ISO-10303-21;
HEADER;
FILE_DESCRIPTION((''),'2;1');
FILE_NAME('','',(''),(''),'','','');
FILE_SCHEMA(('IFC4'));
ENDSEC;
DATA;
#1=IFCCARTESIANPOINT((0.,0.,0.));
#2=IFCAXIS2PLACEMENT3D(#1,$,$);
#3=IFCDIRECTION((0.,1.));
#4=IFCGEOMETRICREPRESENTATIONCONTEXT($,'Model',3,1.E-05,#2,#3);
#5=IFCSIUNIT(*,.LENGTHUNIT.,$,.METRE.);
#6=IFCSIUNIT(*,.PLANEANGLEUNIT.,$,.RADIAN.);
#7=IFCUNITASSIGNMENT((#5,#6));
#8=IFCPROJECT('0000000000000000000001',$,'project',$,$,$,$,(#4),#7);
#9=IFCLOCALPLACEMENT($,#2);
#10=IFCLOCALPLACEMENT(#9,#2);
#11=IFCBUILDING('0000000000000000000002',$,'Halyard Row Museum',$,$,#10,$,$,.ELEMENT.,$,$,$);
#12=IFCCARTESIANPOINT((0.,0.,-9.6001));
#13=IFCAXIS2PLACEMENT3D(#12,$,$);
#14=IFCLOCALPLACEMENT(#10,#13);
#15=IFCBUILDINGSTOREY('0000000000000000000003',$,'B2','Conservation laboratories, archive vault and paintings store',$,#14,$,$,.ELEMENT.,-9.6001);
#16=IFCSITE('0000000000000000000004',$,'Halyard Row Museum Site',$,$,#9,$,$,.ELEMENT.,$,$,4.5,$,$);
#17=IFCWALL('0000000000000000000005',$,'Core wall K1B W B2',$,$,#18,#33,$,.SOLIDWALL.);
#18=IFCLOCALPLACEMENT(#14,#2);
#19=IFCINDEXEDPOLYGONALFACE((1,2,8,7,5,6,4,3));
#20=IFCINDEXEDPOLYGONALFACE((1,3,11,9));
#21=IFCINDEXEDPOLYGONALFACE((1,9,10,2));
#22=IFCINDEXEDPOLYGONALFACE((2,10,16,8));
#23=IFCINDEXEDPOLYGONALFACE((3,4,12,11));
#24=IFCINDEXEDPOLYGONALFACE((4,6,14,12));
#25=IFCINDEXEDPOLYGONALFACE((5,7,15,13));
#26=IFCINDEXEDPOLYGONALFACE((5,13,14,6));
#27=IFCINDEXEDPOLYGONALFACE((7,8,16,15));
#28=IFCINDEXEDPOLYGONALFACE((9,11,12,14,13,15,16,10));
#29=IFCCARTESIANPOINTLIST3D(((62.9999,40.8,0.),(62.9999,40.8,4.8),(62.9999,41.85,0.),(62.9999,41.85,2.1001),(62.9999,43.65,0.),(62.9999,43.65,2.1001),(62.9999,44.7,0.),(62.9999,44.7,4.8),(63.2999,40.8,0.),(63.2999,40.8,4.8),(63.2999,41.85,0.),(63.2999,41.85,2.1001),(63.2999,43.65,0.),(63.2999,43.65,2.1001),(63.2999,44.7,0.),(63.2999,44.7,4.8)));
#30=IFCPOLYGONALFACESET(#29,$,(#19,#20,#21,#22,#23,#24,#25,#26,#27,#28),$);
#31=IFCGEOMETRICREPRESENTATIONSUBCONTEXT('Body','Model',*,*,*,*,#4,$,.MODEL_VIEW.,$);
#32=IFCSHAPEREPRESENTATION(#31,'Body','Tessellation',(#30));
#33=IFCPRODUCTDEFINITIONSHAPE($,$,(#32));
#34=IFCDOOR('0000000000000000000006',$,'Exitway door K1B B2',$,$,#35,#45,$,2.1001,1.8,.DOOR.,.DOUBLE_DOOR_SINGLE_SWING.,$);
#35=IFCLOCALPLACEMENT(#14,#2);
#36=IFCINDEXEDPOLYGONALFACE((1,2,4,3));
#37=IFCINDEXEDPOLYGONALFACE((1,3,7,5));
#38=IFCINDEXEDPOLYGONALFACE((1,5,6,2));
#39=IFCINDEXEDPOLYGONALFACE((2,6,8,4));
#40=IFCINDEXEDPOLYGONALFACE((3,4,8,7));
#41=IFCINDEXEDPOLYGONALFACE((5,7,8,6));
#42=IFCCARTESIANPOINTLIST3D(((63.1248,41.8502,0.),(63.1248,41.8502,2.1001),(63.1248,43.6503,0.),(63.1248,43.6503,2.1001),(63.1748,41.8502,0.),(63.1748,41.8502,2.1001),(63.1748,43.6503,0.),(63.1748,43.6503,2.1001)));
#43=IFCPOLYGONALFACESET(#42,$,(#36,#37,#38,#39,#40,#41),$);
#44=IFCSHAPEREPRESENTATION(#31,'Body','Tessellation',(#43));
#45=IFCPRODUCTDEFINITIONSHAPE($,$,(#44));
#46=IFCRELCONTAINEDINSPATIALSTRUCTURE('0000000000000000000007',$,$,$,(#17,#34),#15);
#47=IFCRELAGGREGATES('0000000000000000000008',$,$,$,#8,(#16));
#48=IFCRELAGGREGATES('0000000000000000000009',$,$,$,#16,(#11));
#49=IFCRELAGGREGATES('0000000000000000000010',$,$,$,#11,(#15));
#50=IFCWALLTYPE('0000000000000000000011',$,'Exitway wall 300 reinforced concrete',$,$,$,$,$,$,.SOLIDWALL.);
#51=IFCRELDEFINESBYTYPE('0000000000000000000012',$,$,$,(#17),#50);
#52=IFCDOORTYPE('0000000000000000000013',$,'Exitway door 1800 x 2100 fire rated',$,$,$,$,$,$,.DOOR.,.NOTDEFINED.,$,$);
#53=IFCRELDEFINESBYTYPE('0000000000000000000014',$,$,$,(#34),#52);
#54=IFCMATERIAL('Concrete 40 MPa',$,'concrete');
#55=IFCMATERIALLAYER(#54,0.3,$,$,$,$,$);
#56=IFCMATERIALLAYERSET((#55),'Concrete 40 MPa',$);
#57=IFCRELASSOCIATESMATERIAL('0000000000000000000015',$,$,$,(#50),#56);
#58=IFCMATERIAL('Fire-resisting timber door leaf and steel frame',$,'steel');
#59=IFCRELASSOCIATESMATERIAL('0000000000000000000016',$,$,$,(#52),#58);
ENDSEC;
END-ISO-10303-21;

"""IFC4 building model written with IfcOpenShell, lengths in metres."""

from ifc_helpers import new_model, si_unit, direction, frame, frame_2d, origin, place, context, subcontext, project, spatial, rectangle, extrude, material, layer, layer_set, type_object, element, fill, save


model = new_model("IFC4")

# Units and contexts
model_context = context("Model", 3, precision=1e-05, world=origin(), true_north=direction((0.0, 1.0)))
body_context = subcontext(model_context, "Body", "Model", "MODEL_VIEW")
ifc_project = project(units=[si_unit("LENGTHUNIT", "METRE"), si_unit("PLANEANGLEUNIT", "RADIAN")], contexts=[model_context])

# Site, building, storey
site_placement = place(None, origin())
site = spatial("IfcSite", under=ifc_project, at=site_placement, Name="Halyard Row Museum Site", CompositionType="ELEMENT", RefElevation=4.5)
building_placement = place(site_placement, origin())
building = spatial("IfcBuilding", under=site, at=building_placement, Name="Halyard Row Museum", CompositionType="ELEMENT")
storey_placement = place(building_placement, frame((0.0, 0.0, -9.6001)))
storey = spatial("IfcBuildingStorey", under=building, at=storey_placement, Name="B2", Description="Conservation laboratories, archive vault and paintings store", CompositionType="ELEMENT", Elevation=-9.6001)

# Shared definitions
ifc_material_1 = material(Name="Concrete 40 MPa", Category="concrete")
ifc_layer_1 = layer(ifc_material_1, 0.3)
ifc_layer_set_1 = layer_set([ifc_layer_1], Name="Concrete 40 MPa")
wall_type_1 = type_object("IfcWallType", Name="Exitway wall 300 reinforced concrete", PredefinedType="SOLIDWALL", material=ifc_layer_set_1)

# Wall, opening, door
wall_1_placement = place(storey_placement, frame((63.1499, 40.8, 0.0), z_axis=(0.0, 0.0, 1.0), x_axis=(0.0, 1.0, 0.0)))
wall_1 = element("IfcWall", 1, at=wall_1_placement, inside=storey, type_object=wall_type_1, Name="Core wall K1B W B2", PredefinedType="SOLIDWALL", context=body_context, shape_type="SweptSolid", body=[
    extrude(rectangle(XDim=3.8999, YDim=0.3, at=frame_2d((1.95, 0.0))), origin(), (0.0, 0.0, 1.0), 4.8),
])
opening_placement = place(wall_1_placement, frame((1.05, 0.0, 0.0)))
opening = element("IfcOpeningElement", 2, at=opening_placement, cuts=wall_1, PredefinedType="OPENING", context=body_context, shape_type="SweptSolid", body=[
    extrude(rectangle(XDim=1.8, YDim=2.1001, at=frame_2d((0.8999, 1.05))), frame((0.0, 0.1599, 0.0), z_axis=(0.0, -1.0, 0.0), x_axis=(1.0, 0.0, 0.0)), (0.0, 0.0, 1.0), 0.3201),
])
ifc_material_2 = material(Name="Fire-resisting timber door leaf and steel frame", Category="steel")
door_type = type_object("IfcDoorType", Name="Exitway door 1800 x 2100 fire rated", OperationType="NOTDEFINED", PredefinedType="DOOR", material=ifc_material_2)
door_placement = place(opening_placement, frame((1.8, 0.0, 0.0), z_axis=(0.0, 0.0, 1.0), x_axis=(-1.0, 0.0, 0.0)))
door = element("IfcDoor", 3, at=door_placement, inside=storey, type_object=door_type, Name="Exitway door K1B B2", OperationType="DOUBLE_DOOR_SINGLE_SWING", OverallHeight=2.1001, OverallWidth=1.8, PredefinedType="DOOR", context=body_context, shape_type="SweptSolid", body=[
    extrude(rectangle(XDim=1.8, YDim=2.1001, at=frame_2d((0.8999, 1.05))), frame((0.0, 0.0249, 0.0), z_axis=(0.0, -1.0, 0.0), x_axis=(1.0, 0.0, 0.0)), (0.0, 0.0, 1.0), 0.05),
])
fill(opening, door)

save(model, "model.ifc")
